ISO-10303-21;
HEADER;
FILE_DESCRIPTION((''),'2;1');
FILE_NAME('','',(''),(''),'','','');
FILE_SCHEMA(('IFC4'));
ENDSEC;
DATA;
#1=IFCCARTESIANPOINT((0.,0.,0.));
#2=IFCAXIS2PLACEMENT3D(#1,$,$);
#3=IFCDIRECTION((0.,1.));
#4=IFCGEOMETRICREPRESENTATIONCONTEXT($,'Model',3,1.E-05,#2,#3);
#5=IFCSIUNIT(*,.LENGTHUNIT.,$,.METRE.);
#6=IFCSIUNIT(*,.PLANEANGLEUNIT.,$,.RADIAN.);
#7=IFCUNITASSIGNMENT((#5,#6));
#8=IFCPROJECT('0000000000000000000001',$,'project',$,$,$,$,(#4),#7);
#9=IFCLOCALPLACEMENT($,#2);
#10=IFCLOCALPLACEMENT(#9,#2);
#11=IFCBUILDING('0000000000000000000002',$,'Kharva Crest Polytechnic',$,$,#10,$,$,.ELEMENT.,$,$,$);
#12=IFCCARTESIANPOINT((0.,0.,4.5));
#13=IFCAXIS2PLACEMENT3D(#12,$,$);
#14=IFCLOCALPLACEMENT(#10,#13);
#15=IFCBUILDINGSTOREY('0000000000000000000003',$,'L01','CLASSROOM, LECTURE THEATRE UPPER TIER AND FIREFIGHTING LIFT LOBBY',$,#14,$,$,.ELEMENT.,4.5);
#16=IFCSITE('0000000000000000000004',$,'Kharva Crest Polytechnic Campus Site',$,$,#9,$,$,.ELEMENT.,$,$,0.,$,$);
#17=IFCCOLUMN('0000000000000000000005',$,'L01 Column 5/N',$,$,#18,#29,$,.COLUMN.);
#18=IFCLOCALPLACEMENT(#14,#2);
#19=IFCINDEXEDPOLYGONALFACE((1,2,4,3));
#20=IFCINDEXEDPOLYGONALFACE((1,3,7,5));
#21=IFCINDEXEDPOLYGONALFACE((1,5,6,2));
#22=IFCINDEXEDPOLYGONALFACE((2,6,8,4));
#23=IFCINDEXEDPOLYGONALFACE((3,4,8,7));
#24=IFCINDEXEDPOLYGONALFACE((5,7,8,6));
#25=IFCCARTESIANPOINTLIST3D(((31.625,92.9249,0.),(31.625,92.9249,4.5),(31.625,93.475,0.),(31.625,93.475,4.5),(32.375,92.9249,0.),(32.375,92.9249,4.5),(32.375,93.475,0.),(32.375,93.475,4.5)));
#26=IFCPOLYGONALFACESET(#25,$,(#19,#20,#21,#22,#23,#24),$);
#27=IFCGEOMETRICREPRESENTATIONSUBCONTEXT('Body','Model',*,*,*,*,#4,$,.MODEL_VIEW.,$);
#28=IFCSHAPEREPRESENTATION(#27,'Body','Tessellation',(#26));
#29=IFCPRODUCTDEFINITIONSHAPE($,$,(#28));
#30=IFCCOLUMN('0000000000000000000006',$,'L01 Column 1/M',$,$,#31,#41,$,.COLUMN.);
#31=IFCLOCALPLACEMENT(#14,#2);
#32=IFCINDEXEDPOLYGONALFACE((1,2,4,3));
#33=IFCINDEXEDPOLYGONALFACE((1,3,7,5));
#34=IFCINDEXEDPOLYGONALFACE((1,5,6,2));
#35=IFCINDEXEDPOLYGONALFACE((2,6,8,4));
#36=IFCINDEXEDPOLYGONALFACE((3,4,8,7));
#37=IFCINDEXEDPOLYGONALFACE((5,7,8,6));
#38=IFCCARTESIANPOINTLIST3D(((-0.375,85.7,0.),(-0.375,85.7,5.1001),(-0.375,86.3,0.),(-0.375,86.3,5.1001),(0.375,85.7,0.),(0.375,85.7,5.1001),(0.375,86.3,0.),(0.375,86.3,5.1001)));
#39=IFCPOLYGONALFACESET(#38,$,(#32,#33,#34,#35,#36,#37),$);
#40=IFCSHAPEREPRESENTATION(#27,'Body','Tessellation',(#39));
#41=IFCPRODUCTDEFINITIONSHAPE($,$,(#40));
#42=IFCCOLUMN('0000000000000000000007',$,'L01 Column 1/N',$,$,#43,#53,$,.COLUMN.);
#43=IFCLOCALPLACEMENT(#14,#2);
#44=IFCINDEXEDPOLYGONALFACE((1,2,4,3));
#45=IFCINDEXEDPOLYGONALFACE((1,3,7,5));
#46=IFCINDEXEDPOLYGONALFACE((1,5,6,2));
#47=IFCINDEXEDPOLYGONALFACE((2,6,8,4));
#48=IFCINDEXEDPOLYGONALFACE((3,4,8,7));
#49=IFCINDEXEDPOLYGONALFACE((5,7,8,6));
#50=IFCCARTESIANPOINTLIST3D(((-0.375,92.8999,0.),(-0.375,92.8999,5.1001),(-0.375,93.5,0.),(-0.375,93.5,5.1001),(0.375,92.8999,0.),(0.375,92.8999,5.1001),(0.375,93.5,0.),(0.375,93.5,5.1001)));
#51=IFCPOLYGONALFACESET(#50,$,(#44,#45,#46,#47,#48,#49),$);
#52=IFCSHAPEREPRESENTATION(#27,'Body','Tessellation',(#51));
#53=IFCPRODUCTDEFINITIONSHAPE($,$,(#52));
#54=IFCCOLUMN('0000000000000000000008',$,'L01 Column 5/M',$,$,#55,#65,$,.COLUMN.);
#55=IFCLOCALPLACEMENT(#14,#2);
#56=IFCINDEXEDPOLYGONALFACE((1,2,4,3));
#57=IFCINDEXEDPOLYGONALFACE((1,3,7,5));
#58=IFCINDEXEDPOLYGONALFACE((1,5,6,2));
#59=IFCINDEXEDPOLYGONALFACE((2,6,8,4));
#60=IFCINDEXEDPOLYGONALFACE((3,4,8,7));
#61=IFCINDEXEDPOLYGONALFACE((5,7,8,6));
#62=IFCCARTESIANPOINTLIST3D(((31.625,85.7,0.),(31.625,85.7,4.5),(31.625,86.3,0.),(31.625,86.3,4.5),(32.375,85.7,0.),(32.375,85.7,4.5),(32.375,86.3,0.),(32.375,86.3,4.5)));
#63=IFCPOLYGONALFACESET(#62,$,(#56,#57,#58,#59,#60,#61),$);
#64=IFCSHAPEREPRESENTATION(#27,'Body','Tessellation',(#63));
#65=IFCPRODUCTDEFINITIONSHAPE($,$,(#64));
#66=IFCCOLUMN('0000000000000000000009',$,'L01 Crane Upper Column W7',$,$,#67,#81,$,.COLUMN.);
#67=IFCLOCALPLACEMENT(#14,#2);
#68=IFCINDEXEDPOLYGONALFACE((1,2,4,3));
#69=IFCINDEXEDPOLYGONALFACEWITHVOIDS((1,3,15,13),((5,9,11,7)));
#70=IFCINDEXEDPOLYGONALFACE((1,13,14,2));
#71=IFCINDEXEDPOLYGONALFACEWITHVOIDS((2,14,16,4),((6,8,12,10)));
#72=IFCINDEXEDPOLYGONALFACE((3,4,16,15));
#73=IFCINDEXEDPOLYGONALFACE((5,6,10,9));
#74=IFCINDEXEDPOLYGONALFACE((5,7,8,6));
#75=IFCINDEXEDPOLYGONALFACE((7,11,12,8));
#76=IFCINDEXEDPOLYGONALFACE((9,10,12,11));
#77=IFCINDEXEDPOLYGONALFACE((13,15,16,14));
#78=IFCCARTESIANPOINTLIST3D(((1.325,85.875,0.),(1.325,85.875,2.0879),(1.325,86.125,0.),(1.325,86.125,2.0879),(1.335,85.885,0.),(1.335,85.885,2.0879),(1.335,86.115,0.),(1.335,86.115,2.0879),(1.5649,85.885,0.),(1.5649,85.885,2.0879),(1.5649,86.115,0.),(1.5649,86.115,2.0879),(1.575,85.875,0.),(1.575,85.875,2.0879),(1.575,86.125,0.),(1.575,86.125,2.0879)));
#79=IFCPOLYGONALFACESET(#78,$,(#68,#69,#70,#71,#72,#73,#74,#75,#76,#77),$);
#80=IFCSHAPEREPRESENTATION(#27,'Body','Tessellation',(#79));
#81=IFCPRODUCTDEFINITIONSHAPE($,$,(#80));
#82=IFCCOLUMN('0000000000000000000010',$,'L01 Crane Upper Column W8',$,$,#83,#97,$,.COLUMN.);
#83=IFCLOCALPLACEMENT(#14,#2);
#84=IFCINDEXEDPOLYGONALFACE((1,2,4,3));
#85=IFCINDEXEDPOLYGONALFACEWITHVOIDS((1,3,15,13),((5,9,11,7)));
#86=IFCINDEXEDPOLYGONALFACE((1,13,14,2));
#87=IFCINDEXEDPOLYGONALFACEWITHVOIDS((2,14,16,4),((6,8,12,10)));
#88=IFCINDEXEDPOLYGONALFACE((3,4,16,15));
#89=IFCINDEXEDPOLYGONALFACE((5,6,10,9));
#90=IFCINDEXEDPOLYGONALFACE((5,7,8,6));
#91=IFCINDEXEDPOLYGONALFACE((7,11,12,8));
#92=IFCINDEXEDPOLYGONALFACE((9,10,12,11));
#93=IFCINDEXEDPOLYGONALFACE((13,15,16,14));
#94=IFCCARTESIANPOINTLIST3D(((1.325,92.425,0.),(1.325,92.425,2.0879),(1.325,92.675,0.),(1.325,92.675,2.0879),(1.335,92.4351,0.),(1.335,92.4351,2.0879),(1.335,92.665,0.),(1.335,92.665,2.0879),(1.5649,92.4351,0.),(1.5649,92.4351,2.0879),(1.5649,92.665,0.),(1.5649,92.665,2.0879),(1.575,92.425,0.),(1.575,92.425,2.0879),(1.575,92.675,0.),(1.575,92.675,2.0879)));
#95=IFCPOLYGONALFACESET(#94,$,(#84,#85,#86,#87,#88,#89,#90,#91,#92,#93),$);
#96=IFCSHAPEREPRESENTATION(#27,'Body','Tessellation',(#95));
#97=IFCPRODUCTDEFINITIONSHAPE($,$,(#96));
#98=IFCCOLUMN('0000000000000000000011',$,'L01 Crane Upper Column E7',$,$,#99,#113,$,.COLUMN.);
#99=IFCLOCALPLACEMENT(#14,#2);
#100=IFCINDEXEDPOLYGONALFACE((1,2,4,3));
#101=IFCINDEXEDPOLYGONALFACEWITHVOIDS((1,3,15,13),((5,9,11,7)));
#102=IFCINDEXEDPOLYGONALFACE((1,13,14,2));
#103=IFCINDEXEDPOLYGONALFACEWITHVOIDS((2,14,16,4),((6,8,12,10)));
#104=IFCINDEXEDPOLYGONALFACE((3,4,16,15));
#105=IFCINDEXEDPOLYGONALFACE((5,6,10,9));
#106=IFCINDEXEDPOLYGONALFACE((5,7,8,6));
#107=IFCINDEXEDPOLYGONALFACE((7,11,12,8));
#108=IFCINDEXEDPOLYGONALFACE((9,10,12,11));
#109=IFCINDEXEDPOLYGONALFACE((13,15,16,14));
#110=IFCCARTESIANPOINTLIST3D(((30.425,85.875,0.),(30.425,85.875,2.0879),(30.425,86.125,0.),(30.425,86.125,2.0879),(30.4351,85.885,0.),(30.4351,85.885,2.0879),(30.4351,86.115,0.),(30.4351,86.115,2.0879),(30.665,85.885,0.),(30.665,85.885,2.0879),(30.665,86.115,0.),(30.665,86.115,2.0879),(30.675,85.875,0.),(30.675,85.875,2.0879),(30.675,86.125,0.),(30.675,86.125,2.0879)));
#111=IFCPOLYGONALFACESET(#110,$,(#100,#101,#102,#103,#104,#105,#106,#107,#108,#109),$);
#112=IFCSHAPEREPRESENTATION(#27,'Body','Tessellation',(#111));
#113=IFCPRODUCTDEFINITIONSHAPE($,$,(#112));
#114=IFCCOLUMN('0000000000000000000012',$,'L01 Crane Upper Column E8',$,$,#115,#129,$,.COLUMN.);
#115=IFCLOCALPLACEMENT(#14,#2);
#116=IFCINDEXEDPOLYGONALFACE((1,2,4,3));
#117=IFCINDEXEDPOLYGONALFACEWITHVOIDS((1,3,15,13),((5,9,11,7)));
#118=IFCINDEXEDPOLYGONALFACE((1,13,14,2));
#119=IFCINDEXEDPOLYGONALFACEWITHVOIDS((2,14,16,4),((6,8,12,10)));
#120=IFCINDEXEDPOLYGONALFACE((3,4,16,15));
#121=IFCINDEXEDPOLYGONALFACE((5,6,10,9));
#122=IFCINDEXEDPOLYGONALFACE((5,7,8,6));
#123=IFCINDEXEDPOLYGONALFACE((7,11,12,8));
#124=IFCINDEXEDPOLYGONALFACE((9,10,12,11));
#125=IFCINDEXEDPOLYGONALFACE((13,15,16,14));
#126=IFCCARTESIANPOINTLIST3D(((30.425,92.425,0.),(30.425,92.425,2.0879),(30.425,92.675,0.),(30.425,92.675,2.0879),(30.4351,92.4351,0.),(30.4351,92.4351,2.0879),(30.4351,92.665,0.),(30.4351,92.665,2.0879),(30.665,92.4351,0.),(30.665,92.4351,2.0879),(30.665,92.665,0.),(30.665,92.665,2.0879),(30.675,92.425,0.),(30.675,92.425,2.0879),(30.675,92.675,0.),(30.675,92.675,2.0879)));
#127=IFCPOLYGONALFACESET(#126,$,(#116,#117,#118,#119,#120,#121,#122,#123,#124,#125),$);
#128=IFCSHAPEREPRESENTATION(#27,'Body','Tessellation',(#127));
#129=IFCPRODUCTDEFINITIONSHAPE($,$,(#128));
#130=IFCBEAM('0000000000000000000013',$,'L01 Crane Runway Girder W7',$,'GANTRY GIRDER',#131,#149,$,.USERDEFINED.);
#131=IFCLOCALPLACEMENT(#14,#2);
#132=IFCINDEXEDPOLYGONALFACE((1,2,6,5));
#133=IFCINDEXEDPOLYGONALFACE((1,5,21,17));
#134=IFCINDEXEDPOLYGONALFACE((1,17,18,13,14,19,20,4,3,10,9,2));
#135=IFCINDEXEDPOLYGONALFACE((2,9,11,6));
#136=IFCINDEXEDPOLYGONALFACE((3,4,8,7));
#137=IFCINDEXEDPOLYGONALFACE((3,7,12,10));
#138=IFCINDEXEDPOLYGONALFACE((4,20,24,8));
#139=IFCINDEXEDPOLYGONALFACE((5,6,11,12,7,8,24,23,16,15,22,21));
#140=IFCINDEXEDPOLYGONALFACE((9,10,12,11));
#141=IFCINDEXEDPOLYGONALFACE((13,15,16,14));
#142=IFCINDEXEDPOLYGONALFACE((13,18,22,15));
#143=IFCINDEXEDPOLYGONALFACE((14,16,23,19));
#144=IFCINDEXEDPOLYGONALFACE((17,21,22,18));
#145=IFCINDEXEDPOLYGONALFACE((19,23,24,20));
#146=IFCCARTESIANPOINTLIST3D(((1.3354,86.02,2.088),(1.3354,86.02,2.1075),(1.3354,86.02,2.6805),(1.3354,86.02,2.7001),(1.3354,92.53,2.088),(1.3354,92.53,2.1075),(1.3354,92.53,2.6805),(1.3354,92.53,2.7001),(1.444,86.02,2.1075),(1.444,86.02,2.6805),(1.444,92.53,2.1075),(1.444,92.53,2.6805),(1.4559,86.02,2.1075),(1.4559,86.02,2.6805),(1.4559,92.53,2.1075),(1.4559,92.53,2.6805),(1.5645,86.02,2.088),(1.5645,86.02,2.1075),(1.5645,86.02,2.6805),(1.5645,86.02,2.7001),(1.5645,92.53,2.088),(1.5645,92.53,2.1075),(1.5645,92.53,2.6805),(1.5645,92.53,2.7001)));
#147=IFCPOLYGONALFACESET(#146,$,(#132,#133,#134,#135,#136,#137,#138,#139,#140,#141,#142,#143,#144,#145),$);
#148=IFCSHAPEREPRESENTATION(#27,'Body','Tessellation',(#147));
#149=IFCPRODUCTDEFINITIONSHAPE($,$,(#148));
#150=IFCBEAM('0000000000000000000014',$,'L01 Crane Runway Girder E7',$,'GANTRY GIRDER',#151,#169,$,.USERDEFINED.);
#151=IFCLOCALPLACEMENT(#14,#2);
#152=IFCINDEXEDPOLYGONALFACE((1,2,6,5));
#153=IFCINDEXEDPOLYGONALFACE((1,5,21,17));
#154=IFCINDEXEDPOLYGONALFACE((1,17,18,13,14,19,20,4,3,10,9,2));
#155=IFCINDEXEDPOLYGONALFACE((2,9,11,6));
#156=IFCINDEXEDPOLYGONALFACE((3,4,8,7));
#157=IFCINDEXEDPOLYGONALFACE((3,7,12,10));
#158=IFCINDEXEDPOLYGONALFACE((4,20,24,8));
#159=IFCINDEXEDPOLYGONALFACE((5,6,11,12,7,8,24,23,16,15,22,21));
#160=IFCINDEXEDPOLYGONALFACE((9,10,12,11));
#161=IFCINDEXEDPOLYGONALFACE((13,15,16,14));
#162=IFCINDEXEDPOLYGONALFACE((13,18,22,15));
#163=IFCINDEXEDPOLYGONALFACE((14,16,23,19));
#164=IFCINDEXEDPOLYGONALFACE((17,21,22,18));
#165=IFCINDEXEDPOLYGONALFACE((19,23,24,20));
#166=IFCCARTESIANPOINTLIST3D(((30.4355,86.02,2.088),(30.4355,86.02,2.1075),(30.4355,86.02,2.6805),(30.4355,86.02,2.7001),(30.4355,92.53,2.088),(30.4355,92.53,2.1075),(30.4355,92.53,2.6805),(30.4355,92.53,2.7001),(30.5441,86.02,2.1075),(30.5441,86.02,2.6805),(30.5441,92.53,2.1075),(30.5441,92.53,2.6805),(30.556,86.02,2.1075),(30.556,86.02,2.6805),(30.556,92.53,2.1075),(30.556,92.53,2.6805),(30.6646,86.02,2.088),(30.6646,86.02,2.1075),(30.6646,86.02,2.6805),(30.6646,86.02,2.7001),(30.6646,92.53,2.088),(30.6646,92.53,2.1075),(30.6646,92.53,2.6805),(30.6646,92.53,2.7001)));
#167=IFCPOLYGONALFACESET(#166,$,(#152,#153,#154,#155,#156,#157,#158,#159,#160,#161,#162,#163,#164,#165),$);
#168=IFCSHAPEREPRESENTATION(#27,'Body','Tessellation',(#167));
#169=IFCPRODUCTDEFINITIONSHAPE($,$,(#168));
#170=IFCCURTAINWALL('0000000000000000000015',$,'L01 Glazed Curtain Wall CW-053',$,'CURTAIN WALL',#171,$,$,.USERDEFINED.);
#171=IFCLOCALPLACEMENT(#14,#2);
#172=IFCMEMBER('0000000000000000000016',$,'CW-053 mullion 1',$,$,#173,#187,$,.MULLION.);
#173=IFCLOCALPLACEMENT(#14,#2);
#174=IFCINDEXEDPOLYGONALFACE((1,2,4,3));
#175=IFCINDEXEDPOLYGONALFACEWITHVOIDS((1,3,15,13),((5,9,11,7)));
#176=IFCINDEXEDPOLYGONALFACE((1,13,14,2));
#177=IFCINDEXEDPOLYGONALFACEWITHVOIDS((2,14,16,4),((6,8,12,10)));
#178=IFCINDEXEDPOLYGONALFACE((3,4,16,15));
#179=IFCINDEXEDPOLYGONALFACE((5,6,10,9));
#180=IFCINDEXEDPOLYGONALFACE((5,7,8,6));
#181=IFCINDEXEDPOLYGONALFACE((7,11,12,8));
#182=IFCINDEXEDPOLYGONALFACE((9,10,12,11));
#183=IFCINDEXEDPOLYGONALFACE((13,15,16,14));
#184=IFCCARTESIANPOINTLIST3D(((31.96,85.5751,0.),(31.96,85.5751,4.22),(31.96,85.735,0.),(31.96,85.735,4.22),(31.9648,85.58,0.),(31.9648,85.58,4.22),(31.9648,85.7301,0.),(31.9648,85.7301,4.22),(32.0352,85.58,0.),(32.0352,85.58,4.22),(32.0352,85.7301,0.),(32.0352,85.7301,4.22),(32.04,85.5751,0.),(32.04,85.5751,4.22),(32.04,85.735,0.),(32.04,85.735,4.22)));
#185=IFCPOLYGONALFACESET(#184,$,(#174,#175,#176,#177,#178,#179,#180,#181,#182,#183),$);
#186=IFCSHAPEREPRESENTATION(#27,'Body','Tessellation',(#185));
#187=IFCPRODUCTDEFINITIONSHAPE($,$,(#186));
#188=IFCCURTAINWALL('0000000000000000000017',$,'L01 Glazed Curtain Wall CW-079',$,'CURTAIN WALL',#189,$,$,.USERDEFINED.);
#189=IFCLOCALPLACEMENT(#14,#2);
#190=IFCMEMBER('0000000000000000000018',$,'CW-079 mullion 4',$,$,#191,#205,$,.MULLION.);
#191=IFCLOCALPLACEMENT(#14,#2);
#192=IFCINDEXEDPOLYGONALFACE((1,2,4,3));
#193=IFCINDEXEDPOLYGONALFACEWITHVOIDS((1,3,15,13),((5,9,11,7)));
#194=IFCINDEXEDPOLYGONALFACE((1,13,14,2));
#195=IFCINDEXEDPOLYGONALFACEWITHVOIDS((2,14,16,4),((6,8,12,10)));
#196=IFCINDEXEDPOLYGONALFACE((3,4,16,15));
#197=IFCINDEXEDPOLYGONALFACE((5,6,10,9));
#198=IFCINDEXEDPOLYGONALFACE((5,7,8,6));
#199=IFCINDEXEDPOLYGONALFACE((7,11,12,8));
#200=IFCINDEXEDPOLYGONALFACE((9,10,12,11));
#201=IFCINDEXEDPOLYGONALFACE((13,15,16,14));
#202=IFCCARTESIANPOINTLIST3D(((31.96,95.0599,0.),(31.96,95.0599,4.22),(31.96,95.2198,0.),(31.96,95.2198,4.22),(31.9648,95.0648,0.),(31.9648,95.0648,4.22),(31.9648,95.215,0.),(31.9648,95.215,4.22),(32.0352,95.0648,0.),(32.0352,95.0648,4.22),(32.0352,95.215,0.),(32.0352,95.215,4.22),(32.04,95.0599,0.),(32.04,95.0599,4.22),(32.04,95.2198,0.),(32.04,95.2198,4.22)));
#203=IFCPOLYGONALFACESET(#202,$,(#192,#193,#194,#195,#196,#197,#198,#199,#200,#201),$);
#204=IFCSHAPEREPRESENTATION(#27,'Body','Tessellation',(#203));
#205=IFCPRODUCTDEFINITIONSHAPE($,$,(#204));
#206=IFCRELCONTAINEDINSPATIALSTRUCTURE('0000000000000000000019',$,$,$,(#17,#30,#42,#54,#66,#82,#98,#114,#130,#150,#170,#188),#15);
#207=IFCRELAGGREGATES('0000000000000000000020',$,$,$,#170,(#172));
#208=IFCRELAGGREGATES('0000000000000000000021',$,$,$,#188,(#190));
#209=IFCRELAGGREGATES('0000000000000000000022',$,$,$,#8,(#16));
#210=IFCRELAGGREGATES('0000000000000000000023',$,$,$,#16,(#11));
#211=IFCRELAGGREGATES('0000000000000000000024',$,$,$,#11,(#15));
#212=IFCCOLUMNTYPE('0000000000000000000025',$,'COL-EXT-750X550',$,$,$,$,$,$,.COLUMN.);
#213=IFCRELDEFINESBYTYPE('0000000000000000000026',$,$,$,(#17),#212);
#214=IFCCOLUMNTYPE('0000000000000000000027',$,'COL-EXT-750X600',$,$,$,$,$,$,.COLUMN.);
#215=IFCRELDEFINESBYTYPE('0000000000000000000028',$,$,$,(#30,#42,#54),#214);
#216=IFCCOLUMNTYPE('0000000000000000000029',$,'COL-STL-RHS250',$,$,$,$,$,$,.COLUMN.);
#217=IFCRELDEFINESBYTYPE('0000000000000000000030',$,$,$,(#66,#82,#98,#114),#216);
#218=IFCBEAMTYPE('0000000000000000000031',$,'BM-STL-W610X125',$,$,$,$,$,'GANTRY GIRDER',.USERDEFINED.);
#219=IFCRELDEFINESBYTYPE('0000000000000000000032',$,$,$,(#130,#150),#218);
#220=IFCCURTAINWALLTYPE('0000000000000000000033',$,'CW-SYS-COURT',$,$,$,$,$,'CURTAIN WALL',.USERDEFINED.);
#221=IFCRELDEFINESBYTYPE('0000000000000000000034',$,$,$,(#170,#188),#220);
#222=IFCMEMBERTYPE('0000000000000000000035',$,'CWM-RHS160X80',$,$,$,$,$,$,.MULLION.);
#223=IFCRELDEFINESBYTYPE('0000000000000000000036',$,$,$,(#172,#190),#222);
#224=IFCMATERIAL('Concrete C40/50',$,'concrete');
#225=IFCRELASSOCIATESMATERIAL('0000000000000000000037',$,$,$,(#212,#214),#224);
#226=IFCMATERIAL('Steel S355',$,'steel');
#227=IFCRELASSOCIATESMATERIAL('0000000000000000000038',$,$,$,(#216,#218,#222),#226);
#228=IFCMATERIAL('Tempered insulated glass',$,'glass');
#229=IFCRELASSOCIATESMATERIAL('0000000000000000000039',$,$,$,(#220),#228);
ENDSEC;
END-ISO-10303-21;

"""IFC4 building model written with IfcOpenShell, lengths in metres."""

from ifc_helpers import new_model, si_unit, direction, frame, origin, origin_2d, place, context, subcontext, project, spatial, rectangle, hollow_rectangle, i_section, extrude, material, material_profile, profile_set, type_object, element, aggregate, save


model = new_model("IFC4")

# Units and contexts
model_context = context("Model", 3, precision=1e-05, world=origin(), true_north=direction((0.0, 1.0)))
body_context = subcontext(model_context, "Body", "Model", "MODEL_VIEW")
ifc_project = project(units=[si_unit("LENGTHUNIT", "METRE"), si_unit("PLANEANGLEUNIT", "RADIAN")], contexts=[model_context])

# Site, building, storey
site_placement = place(None, origin())
site = spatial("IfcSite", under=ifc_project, at=site_placement, Name="Kharva Crest Polytechnic Campus Site", CompositionType="ELEMENT", RefElevation=0.0)
building_placement = place(site_placement, origin())
building = spatial("IfcBuilding", under=site, at=building_placement, Name="Kharva Crest Polytechnic", CompositionType="ELEMENT")
storey_placement = place(building_placement, frame((0.0, 0.0, 4.5)))
storey = spatial("IfcBuildingStorey", under=building, at=storey_placement, Name="L01", Description="CLASSROOM, LECTURE THEATRE UPPER TIER AND FIREFIGHTING LIFT LOBBY", CompositionType="ELEMENT", Elevation=4.5)

# Columns
ifc_material_1 = material(Name="Concrete C40/50", Category="concrete")
ifc_material_profile_1 = material_profile(ifc_material_1, rectangle(XDim=0.75, YDim=0.55, at=origin_2d()), Name="RECT 750 X 550")
ifc_profile_set_1 = profile_set([ifc_material_profile_1], Name="Concrete C40/50")
column_type_1 = type_object("IfcColumnType", Name="COL-EXT-750X550", PredefinedType="COLUMN", material=ifc_profile_set_1)
column_1_placement = place(storey_placement, frame((32.0, 93.2, 0.0), z_axis=(0.0, 0.0, 1.0), x_axis=(1.0, 0.0, 0.0)))
element("IfcColumn", 1, at=column_1_placement, inside=storey, type_object=column_type_1, Name="L01 Column 5/N", PredefinedType="COLUMN", context=body_context, shape_type="SweptSolid", body=[
    extrude(rectangle(XDim=0.75, YDim=0.55, at=origin_2d()), origin(), (0.0, 0.0, 1.0), 4.5),
])
ifc_material_profile_2 = material_profile(ifc_material_1, rectangle(XDim=0.75, YDim=0.6001, at=origin_2d()), Name="RECT 750 X 600")
ifc_profile_set_2 = profile_set([ifc_material_profile_2], Name="Concrete C40/50")
column_type_2 = type_object("IfcColumnType", Name="COL-EXT-750X600", PredefinedType="COLUMN", material=ifc_profile_set_2)
for number, where, z_axis, x_axis, name in (
    (2, (0.0, 86.0, 0.0), (0.0, 0.0, 1.0), (1.0, 0.0, 0.0), "L01 Column 1/M"),
    (3, (0.0, 93.2, 0.0), (0.0, 0.0, 1.0), (1.0, 0.0, 0.0), "L01 Column 1/N"),
):
    element("IfcColumn", number, at=place(storey_placement, frame(where, z_axis=z_axis, x_axis=x_axis)), inside=storey, type_object=column_type_2, Name=name, PredefinedType="COLUMN", context=body_context, shape_type="SweptSolid", body=[
        extrude(rectangle(XDim=0.75, YDim=0.6001, at=origin_2d()), origin(), (0.0, 0.0, 1.0), 5.1001),
    ])
column_2_placement = place(storey_placement, frame((32.0, 86.0, 0.0), z_axis=(0.0, 0.0, 1.0), x_axis=(1.0, 0.0, 0.0)))
element("IfcColumn", 4, at=column_2_placement, inside=storey, type_object=column_type_2, Name="L01 Column 5/M", PredefinedType="COLUMN", context=body_context, shape_type="SweptSolid", body=[
    extrude(rectangle(XDim=0.75, YDim=0.6001, at=origin_2d()), origin(), (0.0, 0.0, 1.0), 4.5),
])
ifc_material_2 = material(Name="Steel S355", Category="steel")
ifc_material_profile_3 = material_profile(ifc_material_2, hollow_rectangle(XDim=0.25, YDim=0.25, WallThickness=0.01, at=origin_2d()), Name="RHS 250X250X10.0")
ifc_profile_set_3 = profile_set([ifc_material_profile_3], Name="Steel S355")
column_type_3 = type_object("IfcColumnType", Name="COL-STL-RHS250", PredefinedType="COLUMN", material=ifc_profile_set_3)
for number, where, z_axis, x_axis, name in (
    (5, (1.45, 86.0, 0.0), (0.0, 0.0, 1.0), (1.0, 0.0, 0.0), "L01 Crane Upper Column W7"),
    (6, (1.45, 92.55, 0.0), (0.0, 0.0, 1.0), (1.0, 0.0, 0.0), "L01 Crane Upper Column W8"),
    (7, (30.55, 86.0, 0.0), (0.0, 0.0, 1.0), (1.0, 0.0, 0.0), "L01 Crane Upper Column E7"),
    (8, (30.55, 92.55, 0.0), (0.0, 0.0, 1.0), (1.0, 0.0, 0.0), "L01 Crane Upper Column E8"),
):
    element("IfcColumn", number, at=place(storey_placement, frame(where, z_axis=z_axis, x_axis=x_axis)), inside=storey, type_object=column_type_3, Name=name, PredefinedType="COLUMN", context=body_context, shape_type="SweptSolid", body=[
        extrude(hollow_rectangle(XDim=0.25, YDim=0.25, WallThickness=0.01, at=origin_2d()), origin(), (0.0, 0.0, 1.0), 2.0879),
    ])

# Beams
ifc_material_profile_4 = material_profile(ifc_material_2, i_section(OverallWidth=0.229, OverallDepth=0.6121, WebThickness=0.012, FlangeThickness=0.0195, at=origin_2d()), Name="W610X125")
ifc_profile_set_4 = profile_set([ifc_material_profile_4], Name="Steel S355")
beam_type = type_object("IfcBeamType", Name="BM-STL-W610X125", ElementType="GANTRY GIRDER", PredefinedType="USERDEFINED", material=ifc_profile_set_4)
for number, where, z_axis, x_axis, name in (
    (9, (1.45, 86.02, 2.394), (0.0, 1.0, 0.0), (-1.0, 0.0, 0.0), "L01 Crane Runway Girder W7"),
    (10, (30.55, 86.02, 2.394), (0.0, 1.0, 0.0), (-1.0, 0.0, 0.0), "L01 Crane Runway Girder E7"),
):
    element("IfcBeam", number, at=place(storey_placement, frame(where, z_axis=z_axis, x_axis=x_axis)), inside=storey, type_object=beam_type, Name=name, ObjectType="GANTRY GIRDER", PredefinedType="USERDEFINED", context=body_context, shape_type="SweptSolid", body=[
        extrude(i_section(OverallWidth=0.229, OverallDepth=0.6121, WebThickness=0.012, FlangeThickness=0.0195, at=origin_2d()), origin(), (0.0, 0.0, 1.0), 6.51),
    ])

# Curtain wall, member
ifc_material_3 = material(Name="Tempered insulated glass", Category="glass")
curtain_wall_type = type_object("IfcCurtainWallType", Name="CW-SYS-COURT", ElementType="CURTAIN WALL", PredefinedType="USERDEFINED", material=ifc_material_3)
curtain_wall_1_placement = place(storey_placement, origin())
curtain_wall_1 = element("IfcCurtainWall", 11, at=curtain_wall_1_placement, inside=storey, type_object=curtain_wall_type, Name="L01 Glazed Curtain Wall CW-053", ObjectType="CURTAIN WALL", PredefinedType="USERDEFINED")
ifc_material_profile_5 = material_profile(ifc_material_2, hollow_rectangle(XDim=0.0801, YDim=0.1599, WallThickness=0.0049, at=origin_2d()), Name="RHS 160X80X5.0")
ifc_profile_set_5 = profile_set([ifc_material_profile_5], Name="Steel S355")
member_type_1 = type_object("IfcMemberType", Name="CWM-RHS160X80", PredefinedType="MULLION", material=ifc_profile_set_5)
member_1_placement = place(storey_placement, frame((32.0, 85.655, 0.0), z_axis=(0.0, 0.0, 1.0), x_axis=(1.0, 0.0, 0.0)))
member_1 = element("IfcMember", 12, at=member_1_placement, type_object=member_type_1, Name="CW-053 mullion 1", PredefinedType="MULLION", context=body_context, shape_type="SweptSolid", body=[
    extrude(hollow_rectangle(XDim=0.0801, YDim=0.1599, WallThickness=0.0049, at=origin_2d()), origin(), (0.0, 0.0, 1.0), 4.22),
])

# Curtain wall, member
curtain_wall_2_placement = place(storey_placement, origin())
curtain_wall_2 = element("IfcCurtainWall", 13, at=curtain_wall_2_placement, inside=storey, type_object=curtain_wall_type, Name="L01 Glazed Curtain Wall CW-079", ObjectType="CURTAIN WALL", PredefinedType="USERDEFINED")
member_2_placement = place(storey_placement, frame((32.0, 95.1399, 0.0), z_axis=(0.0, 0.0, 1.0), x_axis=(1.0, 0.0, 0.0)))
member_2 = element("IfcMember", 14, at=member_2_placement, type_object=member_type_1, Name="CW-079 mullion 4", PredefinedType="MULLION", context=body_context, shape_type="SweptSolid", body=[
    extrude(hollow_rectangle(XDim=0.0801, YDim=0.1599, WallThickness=0.0049, at=origin_2d()), origin(), (0.0, 0.0, 1.0), 4.22),
])

aggregate(curtain_wall_1, [member_1])

aggregate(curtain_wall_2, [member_2])

save(model, "model.ifc")
